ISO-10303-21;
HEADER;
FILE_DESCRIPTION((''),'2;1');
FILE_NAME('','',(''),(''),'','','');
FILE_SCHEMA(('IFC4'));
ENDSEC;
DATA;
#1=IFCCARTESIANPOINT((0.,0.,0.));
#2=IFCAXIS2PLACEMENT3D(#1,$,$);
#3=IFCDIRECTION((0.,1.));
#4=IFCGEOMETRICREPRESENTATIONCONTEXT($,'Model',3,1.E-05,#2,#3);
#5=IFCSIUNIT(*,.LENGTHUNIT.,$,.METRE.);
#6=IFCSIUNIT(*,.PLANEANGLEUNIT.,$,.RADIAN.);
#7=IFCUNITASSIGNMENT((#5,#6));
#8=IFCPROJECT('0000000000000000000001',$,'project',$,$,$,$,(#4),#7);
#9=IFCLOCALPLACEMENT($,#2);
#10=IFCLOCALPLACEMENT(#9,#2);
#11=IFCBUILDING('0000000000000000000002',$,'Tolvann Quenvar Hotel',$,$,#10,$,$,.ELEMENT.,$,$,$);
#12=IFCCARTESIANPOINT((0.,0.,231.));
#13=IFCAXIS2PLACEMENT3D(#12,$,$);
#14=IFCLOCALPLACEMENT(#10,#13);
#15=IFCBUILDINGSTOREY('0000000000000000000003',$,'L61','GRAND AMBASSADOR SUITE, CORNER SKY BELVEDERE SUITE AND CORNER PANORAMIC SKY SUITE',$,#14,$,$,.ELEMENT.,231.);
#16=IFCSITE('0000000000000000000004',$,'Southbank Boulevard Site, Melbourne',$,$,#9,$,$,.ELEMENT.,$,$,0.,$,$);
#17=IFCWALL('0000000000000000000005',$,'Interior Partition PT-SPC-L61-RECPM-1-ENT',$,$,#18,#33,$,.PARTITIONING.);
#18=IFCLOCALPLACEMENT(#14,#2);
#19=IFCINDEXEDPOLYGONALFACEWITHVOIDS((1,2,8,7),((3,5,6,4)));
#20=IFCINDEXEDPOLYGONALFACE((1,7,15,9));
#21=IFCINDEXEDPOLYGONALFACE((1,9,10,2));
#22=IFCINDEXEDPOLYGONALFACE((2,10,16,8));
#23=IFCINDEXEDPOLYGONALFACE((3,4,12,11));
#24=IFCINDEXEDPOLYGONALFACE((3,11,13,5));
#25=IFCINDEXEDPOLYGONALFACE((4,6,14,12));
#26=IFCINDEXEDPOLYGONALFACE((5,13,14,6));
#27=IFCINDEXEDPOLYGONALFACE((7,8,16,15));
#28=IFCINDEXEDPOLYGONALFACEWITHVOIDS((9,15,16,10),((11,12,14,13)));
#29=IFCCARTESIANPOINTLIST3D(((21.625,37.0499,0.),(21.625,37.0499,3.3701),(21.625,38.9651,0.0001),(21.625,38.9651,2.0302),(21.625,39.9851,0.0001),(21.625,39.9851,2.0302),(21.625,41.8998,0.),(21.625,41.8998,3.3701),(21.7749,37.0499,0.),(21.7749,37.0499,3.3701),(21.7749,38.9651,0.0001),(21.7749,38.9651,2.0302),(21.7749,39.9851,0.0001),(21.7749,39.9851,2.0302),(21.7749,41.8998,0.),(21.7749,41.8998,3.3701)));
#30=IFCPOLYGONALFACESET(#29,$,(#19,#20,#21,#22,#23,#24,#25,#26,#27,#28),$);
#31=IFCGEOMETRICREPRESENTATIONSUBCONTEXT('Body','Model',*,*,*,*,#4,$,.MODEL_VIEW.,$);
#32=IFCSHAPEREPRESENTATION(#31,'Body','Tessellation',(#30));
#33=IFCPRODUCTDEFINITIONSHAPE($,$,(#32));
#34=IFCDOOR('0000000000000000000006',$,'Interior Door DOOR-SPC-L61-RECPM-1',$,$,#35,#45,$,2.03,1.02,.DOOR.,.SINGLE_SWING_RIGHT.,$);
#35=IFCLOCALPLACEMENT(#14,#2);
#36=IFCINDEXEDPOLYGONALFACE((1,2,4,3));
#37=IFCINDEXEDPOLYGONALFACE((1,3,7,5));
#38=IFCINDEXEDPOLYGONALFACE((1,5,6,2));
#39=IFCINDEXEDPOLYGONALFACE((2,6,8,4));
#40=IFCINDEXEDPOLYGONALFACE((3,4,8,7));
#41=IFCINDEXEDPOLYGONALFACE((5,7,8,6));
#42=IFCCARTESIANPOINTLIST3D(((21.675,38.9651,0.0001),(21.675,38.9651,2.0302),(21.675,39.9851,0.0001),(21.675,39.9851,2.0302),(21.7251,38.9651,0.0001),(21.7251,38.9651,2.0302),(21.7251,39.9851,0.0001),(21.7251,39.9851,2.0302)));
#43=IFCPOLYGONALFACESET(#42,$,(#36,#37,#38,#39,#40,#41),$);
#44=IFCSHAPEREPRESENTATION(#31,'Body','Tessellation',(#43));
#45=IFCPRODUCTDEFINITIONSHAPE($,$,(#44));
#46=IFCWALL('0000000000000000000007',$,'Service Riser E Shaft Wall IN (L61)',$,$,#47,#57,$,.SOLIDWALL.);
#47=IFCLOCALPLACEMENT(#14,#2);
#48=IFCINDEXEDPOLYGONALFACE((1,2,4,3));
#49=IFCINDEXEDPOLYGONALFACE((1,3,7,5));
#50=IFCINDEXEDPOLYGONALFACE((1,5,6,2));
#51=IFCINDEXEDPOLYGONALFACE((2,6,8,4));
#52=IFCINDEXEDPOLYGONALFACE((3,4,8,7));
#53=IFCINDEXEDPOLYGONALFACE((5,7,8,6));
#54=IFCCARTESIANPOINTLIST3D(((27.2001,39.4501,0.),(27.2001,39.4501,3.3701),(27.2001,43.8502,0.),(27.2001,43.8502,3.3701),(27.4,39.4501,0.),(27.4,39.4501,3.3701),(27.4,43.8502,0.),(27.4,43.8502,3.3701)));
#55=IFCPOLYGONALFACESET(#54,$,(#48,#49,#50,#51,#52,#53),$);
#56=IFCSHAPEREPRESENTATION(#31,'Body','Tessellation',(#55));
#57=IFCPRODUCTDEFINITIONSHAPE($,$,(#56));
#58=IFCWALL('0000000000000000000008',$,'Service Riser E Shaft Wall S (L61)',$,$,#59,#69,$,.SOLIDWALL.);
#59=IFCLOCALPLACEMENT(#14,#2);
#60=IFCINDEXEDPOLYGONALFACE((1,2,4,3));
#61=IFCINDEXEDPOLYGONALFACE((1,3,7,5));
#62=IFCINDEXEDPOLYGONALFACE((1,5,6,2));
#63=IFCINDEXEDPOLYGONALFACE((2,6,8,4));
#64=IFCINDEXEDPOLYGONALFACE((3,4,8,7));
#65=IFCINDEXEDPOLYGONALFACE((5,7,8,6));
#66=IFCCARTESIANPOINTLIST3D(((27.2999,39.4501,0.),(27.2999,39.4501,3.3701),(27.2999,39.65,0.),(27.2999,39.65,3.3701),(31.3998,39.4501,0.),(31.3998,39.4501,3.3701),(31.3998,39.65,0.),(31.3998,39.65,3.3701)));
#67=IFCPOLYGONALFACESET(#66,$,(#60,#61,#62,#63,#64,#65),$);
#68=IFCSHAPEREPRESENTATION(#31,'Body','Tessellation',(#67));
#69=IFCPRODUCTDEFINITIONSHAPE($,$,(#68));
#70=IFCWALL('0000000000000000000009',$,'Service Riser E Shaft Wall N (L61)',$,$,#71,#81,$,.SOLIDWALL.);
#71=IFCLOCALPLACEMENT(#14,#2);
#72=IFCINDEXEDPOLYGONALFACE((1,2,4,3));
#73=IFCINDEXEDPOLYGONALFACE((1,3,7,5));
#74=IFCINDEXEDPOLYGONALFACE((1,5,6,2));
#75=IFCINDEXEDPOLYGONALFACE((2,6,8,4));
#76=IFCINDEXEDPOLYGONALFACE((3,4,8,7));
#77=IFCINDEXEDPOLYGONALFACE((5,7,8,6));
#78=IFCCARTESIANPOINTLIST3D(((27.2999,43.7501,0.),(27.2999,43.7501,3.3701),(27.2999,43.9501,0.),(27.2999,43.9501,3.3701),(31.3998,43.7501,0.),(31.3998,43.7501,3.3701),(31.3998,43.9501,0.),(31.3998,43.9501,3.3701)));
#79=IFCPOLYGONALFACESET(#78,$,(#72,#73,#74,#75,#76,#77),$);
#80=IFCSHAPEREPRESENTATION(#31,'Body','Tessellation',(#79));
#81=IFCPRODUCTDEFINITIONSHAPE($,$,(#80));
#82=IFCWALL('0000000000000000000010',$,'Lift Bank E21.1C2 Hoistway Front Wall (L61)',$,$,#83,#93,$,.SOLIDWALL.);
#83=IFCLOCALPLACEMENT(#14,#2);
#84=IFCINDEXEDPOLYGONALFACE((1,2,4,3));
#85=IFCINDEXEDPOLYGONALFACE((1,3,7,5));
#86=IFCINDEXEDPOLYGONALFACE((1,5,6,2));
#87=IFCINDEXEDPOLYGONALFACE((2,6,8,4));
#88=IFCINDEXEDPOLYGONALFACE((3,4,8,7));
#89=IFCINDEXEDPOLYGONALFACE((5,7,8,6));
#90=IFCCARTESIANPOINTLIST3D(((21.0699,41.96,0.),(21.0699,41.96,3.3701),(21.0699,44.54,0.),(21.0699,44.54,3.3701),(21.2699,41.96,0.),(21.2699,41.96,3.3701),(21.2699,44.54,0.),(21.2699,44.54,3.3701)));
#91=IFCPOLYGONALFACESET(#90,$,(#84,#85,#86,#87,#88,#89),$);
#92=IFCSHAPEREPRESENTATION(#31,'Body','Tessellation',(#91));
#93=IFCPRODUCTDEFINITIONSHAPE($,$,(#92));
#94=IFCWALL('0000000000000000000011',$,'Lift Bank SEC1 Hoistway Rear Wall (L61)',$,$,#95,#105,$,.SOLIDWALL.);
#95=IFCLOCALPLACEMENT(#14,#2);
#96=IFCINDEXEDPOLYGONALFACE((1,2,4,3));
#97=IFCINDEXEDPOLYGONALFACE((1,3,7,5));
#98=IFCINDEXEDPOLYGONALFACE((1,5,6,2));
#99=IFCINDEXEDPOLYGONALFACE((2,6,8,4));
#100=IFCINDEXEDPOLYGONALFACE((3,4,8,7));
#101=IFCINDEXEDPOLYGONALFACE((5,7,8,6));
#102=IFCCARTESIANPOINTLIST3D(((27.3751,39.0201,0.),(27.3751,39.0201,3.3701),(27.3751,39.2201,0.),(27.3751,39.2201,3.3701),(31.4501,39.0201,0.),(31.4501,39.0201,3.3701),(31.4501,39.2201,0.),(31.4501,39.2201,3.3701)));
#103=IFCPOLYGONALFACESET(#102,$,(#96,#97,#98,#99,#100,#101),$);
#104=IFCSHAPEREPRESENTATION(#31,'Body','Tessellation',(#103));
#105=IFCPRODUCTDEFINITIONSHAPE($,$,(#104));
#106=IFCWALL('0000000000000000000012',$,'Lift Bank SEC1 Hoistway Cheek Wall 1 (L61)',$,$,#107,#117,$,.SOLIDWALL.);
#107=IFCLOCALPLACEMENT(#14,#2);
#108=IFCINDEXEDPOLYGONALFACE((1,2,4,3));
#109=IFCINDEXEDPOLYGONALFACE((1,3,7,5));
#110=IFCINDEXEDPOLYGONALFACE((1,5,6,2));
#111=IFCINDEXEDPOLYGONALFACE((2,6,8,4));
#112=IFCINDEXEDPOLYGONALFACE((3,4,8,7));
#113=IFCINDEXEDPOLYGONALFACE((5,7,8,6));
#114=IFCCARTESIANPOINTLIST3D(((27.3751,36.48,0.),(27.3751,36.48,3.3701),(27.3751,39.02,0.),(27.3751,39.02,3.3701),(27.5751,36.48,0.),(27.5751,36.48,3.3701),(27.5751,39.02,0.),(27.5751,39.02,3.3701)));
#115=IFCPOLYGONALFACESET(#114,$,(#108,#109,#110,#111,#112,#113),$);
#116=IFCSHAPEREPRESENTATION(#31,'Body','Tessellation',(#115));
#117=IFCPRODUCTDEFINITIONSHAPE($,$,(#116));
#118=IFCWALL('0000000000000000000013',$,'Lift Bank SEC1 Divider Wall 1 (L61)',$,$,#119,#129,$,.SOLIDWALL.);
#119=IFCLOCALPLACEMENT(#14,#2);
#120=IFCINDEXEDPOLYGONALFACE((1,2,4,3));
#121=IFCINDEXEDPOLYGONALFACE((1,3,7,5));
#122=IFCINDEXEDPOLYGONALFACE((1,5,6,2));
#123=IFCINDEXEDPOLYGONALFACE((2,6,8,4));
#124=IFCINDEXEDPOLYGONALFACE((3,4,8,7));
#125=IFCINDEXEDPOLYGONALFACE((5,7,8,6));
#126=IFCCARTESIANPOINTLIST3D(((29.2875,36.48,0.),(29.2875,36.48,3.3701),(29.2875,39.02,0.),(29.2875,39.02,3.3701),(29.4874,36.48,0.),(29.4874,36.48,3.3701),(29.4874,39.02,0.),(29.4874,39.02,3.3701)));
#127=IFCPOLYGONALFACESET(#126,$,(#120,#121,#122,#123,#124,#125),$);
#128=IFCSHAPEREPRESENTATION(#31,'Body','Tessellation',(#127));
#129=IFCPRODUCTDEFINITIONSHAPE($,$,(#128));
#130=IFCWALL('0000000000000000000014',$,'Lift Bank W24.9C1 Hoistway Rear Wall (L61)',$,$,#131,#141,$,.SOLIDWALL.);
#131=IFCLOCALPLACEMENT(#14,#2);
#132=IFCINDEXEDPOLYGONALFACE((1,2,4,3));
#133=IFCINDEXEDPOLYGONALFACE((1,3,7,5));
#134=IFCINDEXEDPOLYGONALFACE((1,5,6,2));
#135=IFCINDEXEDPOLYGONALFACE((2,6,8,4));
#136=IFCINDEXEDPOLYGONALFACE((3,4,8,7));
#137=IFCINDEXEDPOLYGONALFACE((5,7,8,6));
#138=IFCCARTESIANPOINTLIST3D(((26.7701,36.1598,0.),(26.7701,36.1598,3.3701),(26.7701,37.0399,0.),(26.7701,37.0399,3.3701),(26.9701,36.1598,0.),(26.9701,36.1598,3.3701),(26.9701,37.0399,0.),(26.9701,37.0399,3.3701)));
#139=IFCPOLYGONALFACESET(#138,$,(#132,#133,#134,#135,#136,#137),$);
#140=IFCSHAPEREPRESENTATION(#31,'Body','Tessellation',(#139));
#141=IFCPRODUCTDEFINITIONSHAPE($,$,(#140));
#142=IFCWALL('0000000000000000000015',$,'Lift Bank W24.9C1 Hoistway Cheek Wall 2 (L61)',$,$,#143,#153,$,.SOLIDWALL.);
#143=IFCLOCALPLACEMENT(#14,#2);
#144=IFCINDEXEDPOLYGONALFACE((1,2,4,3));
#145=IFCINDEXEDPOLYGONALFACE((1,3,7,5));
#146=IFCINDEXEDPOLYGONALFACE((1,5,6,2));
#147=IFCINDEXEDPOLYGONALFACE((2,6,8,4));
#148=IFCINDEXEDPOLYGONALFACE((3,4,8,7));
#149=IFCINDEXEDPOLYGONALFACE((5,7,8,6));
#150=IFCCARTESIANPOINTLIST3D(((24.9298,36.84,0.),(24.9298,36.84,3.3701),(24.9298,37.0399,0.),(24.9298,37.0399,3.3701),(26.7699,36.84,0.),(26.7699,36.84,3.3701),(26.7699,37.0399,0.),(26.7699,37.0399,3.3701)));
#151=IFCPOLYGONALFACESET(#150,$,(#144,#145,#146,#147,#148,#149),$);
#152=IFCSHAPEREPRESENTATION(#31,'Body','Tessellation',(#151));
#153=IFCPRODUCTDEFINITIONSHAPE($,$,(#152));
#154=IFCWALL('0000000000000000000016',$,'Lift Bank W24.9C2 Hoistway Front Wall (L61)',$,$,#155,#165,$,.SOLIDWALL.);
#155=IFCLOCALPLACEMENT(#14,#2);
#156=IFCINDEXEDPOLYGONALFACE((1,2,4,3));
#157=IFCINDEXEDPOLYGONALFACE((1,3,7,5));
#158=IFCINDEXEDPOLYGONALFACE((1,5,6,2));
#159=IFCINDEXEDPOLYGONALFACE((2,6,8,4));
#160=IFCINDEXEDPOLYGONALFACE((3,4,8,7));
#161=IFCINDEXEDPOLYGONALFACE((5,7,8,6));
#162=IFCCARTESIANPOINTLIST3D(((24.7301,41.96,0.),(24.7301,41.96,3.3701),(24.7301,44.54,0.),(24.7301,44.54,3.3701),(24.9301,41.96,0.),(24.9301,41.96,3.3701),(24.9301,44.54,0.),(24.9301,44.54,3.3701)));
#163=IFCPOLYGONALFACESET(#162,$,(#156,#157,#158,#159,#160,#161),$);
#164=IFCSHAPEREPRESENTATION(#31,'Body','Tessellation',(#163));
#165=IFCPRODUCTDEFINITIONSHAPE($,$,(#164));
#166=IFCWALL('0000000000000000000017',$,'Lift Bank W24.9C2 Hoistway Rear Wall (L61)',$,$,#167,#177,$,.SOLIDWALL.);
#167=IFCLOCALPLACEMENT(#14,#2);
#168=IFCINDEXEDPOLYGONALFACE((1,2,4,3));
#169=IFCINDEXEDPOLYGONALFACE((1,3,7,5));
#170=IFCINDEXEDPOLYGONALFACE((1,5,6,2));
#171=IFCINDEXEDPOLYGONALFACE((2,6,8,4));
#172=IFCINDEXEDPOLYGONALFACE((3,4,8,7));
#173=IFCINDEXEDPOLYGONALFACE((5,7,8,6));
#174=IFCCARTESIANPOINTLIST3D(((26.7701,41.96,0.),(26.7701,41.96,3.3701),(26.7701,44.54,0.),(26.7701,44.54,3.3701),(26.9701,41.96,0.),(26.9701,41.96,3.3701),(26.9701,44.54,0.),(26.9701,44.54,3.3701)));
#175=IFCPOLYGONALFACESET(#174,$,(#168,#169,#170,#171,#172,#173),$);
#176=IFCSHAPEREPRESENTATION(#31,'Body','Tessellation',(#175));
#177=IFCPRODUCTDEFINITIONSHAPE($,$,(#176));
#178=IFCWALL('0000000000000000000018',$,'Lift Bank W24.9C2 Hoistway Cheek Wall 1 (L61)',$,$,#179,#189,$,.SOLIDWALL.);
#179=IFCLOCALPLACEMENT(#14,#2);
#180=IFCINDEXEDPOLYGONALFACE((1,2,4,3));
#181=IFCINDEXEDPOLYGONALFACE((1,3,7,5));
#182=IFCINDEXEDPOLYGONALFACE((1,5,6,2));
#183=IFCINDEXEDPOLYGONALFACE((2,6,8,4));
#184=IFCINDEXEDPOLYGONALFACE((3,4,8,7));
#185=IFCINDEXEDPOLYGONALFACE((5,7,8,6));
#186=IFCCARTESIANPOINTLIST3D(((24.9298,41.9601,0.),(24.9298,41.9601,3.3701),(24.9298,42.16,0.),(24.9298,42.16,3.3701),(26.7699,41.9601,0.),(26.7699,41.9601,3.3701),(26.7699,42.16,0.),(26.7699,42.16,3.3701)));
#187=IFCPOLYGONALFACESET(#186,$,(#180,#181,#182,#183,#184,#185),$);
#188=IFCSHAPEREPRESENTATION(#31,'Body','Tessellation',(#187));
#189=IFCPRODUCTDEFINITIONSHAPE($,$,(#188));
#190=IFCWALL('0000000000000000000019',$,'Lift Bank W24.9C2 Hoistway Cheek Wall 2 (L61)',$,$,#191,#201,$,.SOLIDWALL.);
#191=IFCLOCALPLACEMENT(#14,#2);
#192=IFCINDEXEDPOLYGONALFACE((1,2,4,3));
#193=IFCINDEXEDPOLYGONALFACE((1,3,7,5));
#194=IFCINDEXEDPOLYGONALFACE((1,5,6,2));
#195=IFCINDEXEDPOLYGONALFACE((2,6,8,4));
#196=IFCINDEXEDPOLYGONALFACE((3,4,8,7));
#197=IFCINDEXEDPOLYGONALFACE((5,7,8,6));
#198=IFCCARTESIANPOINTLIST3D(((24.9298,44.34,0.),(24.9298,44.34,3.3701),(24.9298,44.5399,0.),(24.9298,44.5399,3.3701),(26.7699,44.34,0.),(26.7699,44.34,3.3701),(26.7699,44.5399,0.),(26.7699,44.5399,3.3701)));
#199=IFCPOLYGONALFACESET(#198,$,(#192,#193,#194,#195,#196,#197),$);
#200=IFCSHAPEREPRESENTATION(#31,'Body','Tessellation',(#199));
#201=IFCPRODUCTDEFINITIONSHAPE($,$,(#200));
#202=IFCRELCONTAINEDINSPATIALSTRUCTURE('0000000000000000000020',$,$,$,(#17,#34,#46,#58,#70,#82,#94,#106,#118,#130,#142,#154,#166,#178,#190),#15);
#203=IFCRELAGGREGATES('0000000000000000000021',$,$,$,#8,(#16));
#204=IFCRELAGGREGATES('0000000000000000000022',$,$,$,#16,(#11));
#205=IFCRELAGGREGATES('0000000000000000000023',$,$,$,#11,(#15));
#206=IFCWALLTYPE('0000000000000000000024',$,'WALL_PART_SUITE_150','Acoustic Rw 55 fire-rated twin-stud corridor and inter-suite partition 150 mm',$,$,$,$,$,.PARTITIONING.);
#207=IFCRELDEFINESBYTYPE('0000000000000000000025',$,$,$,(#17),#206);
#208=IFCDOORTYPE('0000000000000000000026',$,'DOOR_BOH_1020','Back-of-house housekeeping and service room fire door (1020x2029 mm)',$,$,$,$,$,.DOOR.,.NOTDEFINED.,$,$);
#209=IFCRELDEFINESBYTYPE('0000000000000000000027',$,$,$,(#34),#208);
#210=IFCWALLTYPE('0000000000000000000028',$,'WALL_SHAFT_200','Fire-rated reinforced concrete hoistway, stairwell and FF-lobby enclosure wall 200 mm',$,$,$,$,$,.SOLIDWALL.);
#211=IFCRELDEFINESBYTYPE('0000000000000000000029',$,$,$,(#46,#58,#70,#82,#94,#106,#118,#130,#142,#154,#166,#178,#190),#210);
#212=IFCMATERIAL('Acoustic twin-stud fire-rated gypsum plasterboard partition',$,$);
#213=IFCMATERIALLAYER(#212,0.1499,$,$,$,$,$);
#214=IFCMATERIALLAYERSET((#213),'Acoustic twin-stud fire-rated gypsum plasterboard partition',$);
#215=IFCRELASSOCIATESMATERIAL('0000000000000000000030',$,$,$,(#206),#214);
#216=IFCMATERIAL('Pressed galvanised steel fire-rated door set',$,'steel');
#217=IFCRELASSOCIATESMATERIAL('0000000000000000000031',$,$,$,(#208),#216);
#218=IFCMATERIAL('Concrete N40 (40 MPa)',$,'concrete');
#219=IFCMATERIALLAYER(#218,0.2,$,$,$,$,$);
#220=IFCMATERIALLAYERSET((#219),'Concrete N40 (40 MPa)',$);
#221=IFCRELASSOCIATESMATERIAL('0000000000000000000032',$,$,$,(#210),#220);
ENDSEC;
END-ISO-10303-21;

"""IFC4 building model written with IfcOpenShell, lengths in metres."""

from ifc_helpers import new_model, si_unit, direction, frame, frame_2d, origin, place, context, subcontext, project, spatial, rectangle, extrude, source, transform, mapped, material, layer, layer_set, type_object, type_shapes, element, fill, save


model = new_model("IFC4")

# Units and contexts
model_context = context("Model", 3, precision=1e-05, world=origin(), true_north=direction((0.0, 1.0)))
body_context = subcontext(model_context, "Body", "Model", "MODEL_VIEW")
ifc_project = project(units=[si_unit("LENGTHUNIT", "METRE"), si_unit("PLANEANGLEUNIT", "RADIAN")], contexts=[model_context])

# Site, building, storey
site_placement = place(None, origin())
site = spatial("IfcSite", under=ifc_project, at=site_placement, Name="Southbank Boulevard Site, Melbourne", CompositionType="ELEMENT", RefElevation=0.0)
building_placement = place(site_placement, origin())
building = spatial("IfcBuilding", under=site, at=building_placement, Name="Tolvann Quenvar Hotel", CompositionType="ELEMENT")
storey_placement = place(building_placement, frame((0.0, 0.0, 231.0)))
storey = spatial("IfcBuildingStorey", under=building, at=storey_placement, Name="L61", Description="GRAND AMBASSADOR SUITE, CORNER SKY BELVEDERE SUITE AND CORNER PANORAMIC SKY SUITE", CompositionType="ELEMENT", Elevation=231.0)

# Wall, opening, door
ifc_material_1 = material(Name="Acoustic twin-stud fire-rated gypsum plasterboard partition")
ifc_layer_1 = layer(ifc_material_1, 0.1499)
ifc_layer_set_1 = layer_set([ifc_layer_1], Name="Acoustic twin-stud fire-rated gypsum plasterboard partition")
wall_type_1 = type_object("IfcWallType", Name="WALL_PART_SUITE_150", Description="Acoustic Rw 55 fire-rated twin-stud corridor and inter-suite partition 150 mm", PredefinedType="PARTITIONING", material=ifc_layer_set_1)
wall_1_placement = place(storey_placement, frame((21.7, 37.05, 0.0), z_axis=(0.0, 0.0, 1.0), x_axis=(0.0, 1.0, 0.0)))
wall_1 = element("IfcWall", 1, at=wall_1_placement, inside=storey, type_object=wall_type_1, Name="Interior Partition PT-SPC-L61-RECPM-1-ENT", PredefinedType="PARTITIONING", context=body_context, shape_type="SweptSolid", body=[
    extrude(rectangle(XDim=4.8499, YDim=0.1499, at=frame_2d((2.4248, 0.0))), origin(), (0.0, 0.0, 1.0), 3.3701),
])
opening_1_placement = place(wall_1_placement, frame((1.915, 0.0, 0.0)))
opening_1 = element("IfcOpeningElement", 2, at=opening_1_placement, cuts=wall_1, PredefinedType="OPENING", context=body_context, shape_type="SweptSolid", body=[
    extrude(rectangle(XDim=1.02, YDim=2.03, at=frame_2d((0.51, 1.0151))), frame((0.0, 0.085, 0.0), z_axis=(0.0, -1.0, 0.0), x_axis=(1.0, 0.0, 0.0)), (0.0, 0.0, 1.0), 0.1699),
])
ifc_material_2 = material(Name="Pressed galvanised steel fire-rated door set", Category="steel")
door_type_1 = type_object("IfcDoorType", Name="DOOR_BOH_1020", Description="Back-of-house housekeeping and service room fire door (1020x2029 mm)", OperationType="NOTDEFINED", PredefinedType="DOOR", material=ifc_material_2)
shared_shape_1 = source(origin(), body_context, "Body", "SweptSolid", [
    extrude(rectangle(XDim=1.02, YDim=2.03, at=frame_2d((0.51, 1.0151))), frame((0.0, 0.0249, 0.0), z_axis=(0.0, -1.0, 0.0), x_axis=(1.0, 0.0, 0.0)), (0.0, 0.0, 1.0), 0.05),
])
type_shapes(door_type_1, [shared_shape_1])
door_1_placement = place(opening_1_placement, origin())
door_1 = element("IfcDoor", 3, at=door_1_placement, inside=storey, type_object=door_type_1, Name="Interior Door DOOR-SPC-L61-RECPM-1", OperationType="SINGLE_SWING_RIGHT", OverallHeight=2.03, OverallWidth=1.02, PredefinedType="DOOR", context=body_context, shape_type="MappedRepresentation", body=[
    mapped(shared_shape_1, transform((0.0, 0.0, 0.0), x_axis=(1.0, 0.0, 0.0), y_axis=(0.0, 1.0, 0.0), z_axis=(0.0, 0.0, 1.0), scale=1.0)),
])
fill(opening_1, door_1)

# Walls
ifc_material_3 = material(Name="Concrete N40 (40 MPa)", Category="concrete")
ifc_layer_2 = layer(ifc_material_3, 0.2)
ifc_layer_set_2 = layer_set([ifc_layer_2], Name="Concrete N40 (40 MPa)")
wall_type_2 = type_object("IfcWallType", Name="WALL_SHAFT_200", Description="Fire-rated reinforced concrete hoistway, stairwell and FF-lobby enclosure wall 200 mm", PredefinedType="SOLIDWALL", material=ifc_layer_set_2)
wall_2_placement = place(storey_placement, frame((27.3, 39.45, 0.0), z_axis=(0.0, 0.0, 1.0), x_axis=(0.0, 1.0, 0.0)))
element("IfcWall", 4, at=wall_2_placement, inside=storey, type_object=wall_type_2, Name="Service Riser E Shaft Wall IN (L61)", PredefinedType="SOLIDWALL", context=body_context, shape_type="SweptSolid", body=[
    extrude(rectangle(XDim=4.4001, YDim=0.2, at=frame_2d((2.2002, 0.0))), origin(), (0.0, 0.0, 1.0), 3.3701),
])
for number, where, z_axis, x_axis, name in (
    (5, (27.3, 39.55, 0.0), (0.0, 0.0, 1.0), (1.0, 0.0, 0.0), "Service Riser E Shaft Wall S (L61)"),
    (6, (27.3, 43.8501, 0.0), (0.0, 0.0, 1.0), (1.0, 0.0, 0.0), "Service Riser E Shaft Wall N (L61)"),
):
    element("IfcWall", number, at=place(storey_placement, frame(where, z_axis=z_axis, x_axis=x_axis)), inside=storey, type_object=wall_type_2, Name=name, PredefinedType="SOLIDWALL", context=body_context, shape_type="SweptSolid", body=[
        extrude(rectangle(XDim=4.0999, YDim=0.2, at=frame_2d((2.0498, 0.0))), origin(), (0.0, 0.0, 1.0), 3.3701),
    ])
wall_3_placement = place(storey_placement, frame((21.1699, 41.96, 0.0), z_axis=(0.0, 0.0, 1.0), x_axis=(0.0, 1.0, 0.0)))
element("IfcWall", 7, at=wall_3_placement, inside=storey, type_object=wall_type_2, Name="Lift Bank E21.1C2 Hoistway Front Wall (L61)", PredefinedType="SOLIDWALL", context=body_context, shape_type="SweptSolid", body=[
    extrude(rectangle(XDim=2.5801, YDim=0.2, at=frame_2d((1.29, 0.0))), origin(), (0.0, 0.0, 1.0), 3.3701),
])

# Walls
wall_4_placement = place(storey_placement, frame((27.375, 39.1201, 0.0), z_axis=(0.0, 0.0, 1.0), x_axis=(1.0, 0.0, 0.0)))
element("IfcWall", 8, at=wall_4_placement, inside=storey, type_object=wall_type_2, Name="Lift Bank SEC1 Hoistway Rear Wall (L61)", PredefinedType="SOLIDWALL", context=body_context, shape_type="SweptSolid", body=[
    extrude(rectangle(XDim=4.075, YDim=0.2, at=frame_2d((2.0376, 0.0))), origin(), (0.0, 0.0, 1.0), 3.3701),
])
for number, where, z_axis, x_axis, name in (
    (9, (27.4751, 36.48, 0.0), (0.0, 0.0, 1.0), (0.0, 1.0, 0.0), "Lift Bank SEC1 Hoistway Cheek Wall 1 (L61)"),
    (10, (29.3875, 36.48, 0.0), (0.0, 0.0, 1.0), (0.0, 1.0, 0.0), "Lift Bank SEC1 Divider Wall 1 (L61)"),
):
    element("IfcWall", number, at=place(storey_placement, frame(where, z_axis=z_axis, x_axis=x_axis)), inside=storey, type_object=wall_type_2, Name=name, PredefinedType="SOLIDWALL", context=body_context, shape_type="SweptSolid", body=[
        extrude(rectangle(XDim=2.54, YDim=0.2, at=frame_2d((1.27, 0.0))), origin(), (0.0, 0.0, 1.0), 3.3701),
    ])
wall_5_placement = place(storey_placement, frame((26.8701, 36.1599, 0.0), z_axis=(0.0, 0.0, 1.0), x_axis=(0.0, 1.0, 0.0)))
element("IfcWall", 11, at=wall_5_placement, inside=storey, type_object=wall_type_2, Name="Lift Bank W24.9C1 Hoistway Rear Wall (L61)", PredefinedType="SOLIDWALL", context=body_context, shape_type="SweptSolid", body=[
    extrude(rectangle(XDim=0.8801, YDim=0.2, at=frame_2d((0.4399, 0.0))), origin(), (0.0, 0.0, 1.0), 3.3701),
])
wall_6_placement = place(storey_placement, frame((24.9299, 36.9399, 0.0), z_axis=(0.0, 0.0, 1.0), x_axis=(1.0, 0.0, 0.0)))
element("IfcWall", 12, at=wall_6_placement, inside=storey, type_object=wall_type_2, Name="Lift Bank W24.9C1 Hoistway Cheek Wall 2 (L61)", PredefinedType="SOLIDWALL", context=body_context, shape_type="SweptSolid", body=[
    extrude(rectangle(XDim=1.8401, YDim=0.2, at=frame_2d((0.9199, 0.0))), origin(), (0.0, 0.0, 1.0), 3.3701),
])
for number, where, z_axis, x_axis, name in (
    (13, (24.8301, 41.96, 0.0), (0.0, 0.0, 1.0), (0.0, 1.0, 0.0), "Lift Bank W24.9C2 Hoistway Front Wall (L61)"),
    (14, (26.8701, 41.96, 0.0), (0.0, 0.0, 1.0), (0.0, 1.0, 0.0), "Lift Bank W24.9C2 Hoistway Rear Wall (L61)"),
):
    element("IfcWall", number, at=place(storey_placement, frame(where, z_axis=z_axis, x_axis=x_axis)), inside=storey, type_object=wall_type_2, Name=name, PredefinedType="SOLIDWALL", context=body_context, shape_type="SweptSolid", body=[
        extrude(rectangle(XDim=2.5801, YDim=0.2, at=frame_2d((1.29, 0.0))), origin(), (0.0, 0.0, 1.0), 3.3701),
    ])
for number, where, z_axis, x_axis, name in (
    (15, (24.9299, 42.0601, 0.0), (0.0, 0.0, 1.0), (1.0, 0.0, 0.0), "Lift Bank W24.9C2 Hoistway Cheek Wall 1 (L61)"),
    (16, (24.9299, 44.4399, 0.0), (0.0, 0.0, 1.0), (1.0, 0.0, 0.0), "Lift Bank W24.9C2 Hoistway Cheek Wall 2 (L61)"),
):
    element("IfcWall", number, at=place(storey_placement, frame(where, z_axis=z_axis, x_axis=x_axis)), inside=storey, type_object=wall_type_2, Name=name, PredefinedType="SOLIDWALL", context=body_context, shape_type="SweptSolid", body=[
        extrude(rectangle(XDim=1.8401, YDim=0.2, at=frame_2d((0.9199, 0.0))), origin(), (0.0, 0.0, 1.0), 3.3701),
    ])

save(model, "model.ifc")
